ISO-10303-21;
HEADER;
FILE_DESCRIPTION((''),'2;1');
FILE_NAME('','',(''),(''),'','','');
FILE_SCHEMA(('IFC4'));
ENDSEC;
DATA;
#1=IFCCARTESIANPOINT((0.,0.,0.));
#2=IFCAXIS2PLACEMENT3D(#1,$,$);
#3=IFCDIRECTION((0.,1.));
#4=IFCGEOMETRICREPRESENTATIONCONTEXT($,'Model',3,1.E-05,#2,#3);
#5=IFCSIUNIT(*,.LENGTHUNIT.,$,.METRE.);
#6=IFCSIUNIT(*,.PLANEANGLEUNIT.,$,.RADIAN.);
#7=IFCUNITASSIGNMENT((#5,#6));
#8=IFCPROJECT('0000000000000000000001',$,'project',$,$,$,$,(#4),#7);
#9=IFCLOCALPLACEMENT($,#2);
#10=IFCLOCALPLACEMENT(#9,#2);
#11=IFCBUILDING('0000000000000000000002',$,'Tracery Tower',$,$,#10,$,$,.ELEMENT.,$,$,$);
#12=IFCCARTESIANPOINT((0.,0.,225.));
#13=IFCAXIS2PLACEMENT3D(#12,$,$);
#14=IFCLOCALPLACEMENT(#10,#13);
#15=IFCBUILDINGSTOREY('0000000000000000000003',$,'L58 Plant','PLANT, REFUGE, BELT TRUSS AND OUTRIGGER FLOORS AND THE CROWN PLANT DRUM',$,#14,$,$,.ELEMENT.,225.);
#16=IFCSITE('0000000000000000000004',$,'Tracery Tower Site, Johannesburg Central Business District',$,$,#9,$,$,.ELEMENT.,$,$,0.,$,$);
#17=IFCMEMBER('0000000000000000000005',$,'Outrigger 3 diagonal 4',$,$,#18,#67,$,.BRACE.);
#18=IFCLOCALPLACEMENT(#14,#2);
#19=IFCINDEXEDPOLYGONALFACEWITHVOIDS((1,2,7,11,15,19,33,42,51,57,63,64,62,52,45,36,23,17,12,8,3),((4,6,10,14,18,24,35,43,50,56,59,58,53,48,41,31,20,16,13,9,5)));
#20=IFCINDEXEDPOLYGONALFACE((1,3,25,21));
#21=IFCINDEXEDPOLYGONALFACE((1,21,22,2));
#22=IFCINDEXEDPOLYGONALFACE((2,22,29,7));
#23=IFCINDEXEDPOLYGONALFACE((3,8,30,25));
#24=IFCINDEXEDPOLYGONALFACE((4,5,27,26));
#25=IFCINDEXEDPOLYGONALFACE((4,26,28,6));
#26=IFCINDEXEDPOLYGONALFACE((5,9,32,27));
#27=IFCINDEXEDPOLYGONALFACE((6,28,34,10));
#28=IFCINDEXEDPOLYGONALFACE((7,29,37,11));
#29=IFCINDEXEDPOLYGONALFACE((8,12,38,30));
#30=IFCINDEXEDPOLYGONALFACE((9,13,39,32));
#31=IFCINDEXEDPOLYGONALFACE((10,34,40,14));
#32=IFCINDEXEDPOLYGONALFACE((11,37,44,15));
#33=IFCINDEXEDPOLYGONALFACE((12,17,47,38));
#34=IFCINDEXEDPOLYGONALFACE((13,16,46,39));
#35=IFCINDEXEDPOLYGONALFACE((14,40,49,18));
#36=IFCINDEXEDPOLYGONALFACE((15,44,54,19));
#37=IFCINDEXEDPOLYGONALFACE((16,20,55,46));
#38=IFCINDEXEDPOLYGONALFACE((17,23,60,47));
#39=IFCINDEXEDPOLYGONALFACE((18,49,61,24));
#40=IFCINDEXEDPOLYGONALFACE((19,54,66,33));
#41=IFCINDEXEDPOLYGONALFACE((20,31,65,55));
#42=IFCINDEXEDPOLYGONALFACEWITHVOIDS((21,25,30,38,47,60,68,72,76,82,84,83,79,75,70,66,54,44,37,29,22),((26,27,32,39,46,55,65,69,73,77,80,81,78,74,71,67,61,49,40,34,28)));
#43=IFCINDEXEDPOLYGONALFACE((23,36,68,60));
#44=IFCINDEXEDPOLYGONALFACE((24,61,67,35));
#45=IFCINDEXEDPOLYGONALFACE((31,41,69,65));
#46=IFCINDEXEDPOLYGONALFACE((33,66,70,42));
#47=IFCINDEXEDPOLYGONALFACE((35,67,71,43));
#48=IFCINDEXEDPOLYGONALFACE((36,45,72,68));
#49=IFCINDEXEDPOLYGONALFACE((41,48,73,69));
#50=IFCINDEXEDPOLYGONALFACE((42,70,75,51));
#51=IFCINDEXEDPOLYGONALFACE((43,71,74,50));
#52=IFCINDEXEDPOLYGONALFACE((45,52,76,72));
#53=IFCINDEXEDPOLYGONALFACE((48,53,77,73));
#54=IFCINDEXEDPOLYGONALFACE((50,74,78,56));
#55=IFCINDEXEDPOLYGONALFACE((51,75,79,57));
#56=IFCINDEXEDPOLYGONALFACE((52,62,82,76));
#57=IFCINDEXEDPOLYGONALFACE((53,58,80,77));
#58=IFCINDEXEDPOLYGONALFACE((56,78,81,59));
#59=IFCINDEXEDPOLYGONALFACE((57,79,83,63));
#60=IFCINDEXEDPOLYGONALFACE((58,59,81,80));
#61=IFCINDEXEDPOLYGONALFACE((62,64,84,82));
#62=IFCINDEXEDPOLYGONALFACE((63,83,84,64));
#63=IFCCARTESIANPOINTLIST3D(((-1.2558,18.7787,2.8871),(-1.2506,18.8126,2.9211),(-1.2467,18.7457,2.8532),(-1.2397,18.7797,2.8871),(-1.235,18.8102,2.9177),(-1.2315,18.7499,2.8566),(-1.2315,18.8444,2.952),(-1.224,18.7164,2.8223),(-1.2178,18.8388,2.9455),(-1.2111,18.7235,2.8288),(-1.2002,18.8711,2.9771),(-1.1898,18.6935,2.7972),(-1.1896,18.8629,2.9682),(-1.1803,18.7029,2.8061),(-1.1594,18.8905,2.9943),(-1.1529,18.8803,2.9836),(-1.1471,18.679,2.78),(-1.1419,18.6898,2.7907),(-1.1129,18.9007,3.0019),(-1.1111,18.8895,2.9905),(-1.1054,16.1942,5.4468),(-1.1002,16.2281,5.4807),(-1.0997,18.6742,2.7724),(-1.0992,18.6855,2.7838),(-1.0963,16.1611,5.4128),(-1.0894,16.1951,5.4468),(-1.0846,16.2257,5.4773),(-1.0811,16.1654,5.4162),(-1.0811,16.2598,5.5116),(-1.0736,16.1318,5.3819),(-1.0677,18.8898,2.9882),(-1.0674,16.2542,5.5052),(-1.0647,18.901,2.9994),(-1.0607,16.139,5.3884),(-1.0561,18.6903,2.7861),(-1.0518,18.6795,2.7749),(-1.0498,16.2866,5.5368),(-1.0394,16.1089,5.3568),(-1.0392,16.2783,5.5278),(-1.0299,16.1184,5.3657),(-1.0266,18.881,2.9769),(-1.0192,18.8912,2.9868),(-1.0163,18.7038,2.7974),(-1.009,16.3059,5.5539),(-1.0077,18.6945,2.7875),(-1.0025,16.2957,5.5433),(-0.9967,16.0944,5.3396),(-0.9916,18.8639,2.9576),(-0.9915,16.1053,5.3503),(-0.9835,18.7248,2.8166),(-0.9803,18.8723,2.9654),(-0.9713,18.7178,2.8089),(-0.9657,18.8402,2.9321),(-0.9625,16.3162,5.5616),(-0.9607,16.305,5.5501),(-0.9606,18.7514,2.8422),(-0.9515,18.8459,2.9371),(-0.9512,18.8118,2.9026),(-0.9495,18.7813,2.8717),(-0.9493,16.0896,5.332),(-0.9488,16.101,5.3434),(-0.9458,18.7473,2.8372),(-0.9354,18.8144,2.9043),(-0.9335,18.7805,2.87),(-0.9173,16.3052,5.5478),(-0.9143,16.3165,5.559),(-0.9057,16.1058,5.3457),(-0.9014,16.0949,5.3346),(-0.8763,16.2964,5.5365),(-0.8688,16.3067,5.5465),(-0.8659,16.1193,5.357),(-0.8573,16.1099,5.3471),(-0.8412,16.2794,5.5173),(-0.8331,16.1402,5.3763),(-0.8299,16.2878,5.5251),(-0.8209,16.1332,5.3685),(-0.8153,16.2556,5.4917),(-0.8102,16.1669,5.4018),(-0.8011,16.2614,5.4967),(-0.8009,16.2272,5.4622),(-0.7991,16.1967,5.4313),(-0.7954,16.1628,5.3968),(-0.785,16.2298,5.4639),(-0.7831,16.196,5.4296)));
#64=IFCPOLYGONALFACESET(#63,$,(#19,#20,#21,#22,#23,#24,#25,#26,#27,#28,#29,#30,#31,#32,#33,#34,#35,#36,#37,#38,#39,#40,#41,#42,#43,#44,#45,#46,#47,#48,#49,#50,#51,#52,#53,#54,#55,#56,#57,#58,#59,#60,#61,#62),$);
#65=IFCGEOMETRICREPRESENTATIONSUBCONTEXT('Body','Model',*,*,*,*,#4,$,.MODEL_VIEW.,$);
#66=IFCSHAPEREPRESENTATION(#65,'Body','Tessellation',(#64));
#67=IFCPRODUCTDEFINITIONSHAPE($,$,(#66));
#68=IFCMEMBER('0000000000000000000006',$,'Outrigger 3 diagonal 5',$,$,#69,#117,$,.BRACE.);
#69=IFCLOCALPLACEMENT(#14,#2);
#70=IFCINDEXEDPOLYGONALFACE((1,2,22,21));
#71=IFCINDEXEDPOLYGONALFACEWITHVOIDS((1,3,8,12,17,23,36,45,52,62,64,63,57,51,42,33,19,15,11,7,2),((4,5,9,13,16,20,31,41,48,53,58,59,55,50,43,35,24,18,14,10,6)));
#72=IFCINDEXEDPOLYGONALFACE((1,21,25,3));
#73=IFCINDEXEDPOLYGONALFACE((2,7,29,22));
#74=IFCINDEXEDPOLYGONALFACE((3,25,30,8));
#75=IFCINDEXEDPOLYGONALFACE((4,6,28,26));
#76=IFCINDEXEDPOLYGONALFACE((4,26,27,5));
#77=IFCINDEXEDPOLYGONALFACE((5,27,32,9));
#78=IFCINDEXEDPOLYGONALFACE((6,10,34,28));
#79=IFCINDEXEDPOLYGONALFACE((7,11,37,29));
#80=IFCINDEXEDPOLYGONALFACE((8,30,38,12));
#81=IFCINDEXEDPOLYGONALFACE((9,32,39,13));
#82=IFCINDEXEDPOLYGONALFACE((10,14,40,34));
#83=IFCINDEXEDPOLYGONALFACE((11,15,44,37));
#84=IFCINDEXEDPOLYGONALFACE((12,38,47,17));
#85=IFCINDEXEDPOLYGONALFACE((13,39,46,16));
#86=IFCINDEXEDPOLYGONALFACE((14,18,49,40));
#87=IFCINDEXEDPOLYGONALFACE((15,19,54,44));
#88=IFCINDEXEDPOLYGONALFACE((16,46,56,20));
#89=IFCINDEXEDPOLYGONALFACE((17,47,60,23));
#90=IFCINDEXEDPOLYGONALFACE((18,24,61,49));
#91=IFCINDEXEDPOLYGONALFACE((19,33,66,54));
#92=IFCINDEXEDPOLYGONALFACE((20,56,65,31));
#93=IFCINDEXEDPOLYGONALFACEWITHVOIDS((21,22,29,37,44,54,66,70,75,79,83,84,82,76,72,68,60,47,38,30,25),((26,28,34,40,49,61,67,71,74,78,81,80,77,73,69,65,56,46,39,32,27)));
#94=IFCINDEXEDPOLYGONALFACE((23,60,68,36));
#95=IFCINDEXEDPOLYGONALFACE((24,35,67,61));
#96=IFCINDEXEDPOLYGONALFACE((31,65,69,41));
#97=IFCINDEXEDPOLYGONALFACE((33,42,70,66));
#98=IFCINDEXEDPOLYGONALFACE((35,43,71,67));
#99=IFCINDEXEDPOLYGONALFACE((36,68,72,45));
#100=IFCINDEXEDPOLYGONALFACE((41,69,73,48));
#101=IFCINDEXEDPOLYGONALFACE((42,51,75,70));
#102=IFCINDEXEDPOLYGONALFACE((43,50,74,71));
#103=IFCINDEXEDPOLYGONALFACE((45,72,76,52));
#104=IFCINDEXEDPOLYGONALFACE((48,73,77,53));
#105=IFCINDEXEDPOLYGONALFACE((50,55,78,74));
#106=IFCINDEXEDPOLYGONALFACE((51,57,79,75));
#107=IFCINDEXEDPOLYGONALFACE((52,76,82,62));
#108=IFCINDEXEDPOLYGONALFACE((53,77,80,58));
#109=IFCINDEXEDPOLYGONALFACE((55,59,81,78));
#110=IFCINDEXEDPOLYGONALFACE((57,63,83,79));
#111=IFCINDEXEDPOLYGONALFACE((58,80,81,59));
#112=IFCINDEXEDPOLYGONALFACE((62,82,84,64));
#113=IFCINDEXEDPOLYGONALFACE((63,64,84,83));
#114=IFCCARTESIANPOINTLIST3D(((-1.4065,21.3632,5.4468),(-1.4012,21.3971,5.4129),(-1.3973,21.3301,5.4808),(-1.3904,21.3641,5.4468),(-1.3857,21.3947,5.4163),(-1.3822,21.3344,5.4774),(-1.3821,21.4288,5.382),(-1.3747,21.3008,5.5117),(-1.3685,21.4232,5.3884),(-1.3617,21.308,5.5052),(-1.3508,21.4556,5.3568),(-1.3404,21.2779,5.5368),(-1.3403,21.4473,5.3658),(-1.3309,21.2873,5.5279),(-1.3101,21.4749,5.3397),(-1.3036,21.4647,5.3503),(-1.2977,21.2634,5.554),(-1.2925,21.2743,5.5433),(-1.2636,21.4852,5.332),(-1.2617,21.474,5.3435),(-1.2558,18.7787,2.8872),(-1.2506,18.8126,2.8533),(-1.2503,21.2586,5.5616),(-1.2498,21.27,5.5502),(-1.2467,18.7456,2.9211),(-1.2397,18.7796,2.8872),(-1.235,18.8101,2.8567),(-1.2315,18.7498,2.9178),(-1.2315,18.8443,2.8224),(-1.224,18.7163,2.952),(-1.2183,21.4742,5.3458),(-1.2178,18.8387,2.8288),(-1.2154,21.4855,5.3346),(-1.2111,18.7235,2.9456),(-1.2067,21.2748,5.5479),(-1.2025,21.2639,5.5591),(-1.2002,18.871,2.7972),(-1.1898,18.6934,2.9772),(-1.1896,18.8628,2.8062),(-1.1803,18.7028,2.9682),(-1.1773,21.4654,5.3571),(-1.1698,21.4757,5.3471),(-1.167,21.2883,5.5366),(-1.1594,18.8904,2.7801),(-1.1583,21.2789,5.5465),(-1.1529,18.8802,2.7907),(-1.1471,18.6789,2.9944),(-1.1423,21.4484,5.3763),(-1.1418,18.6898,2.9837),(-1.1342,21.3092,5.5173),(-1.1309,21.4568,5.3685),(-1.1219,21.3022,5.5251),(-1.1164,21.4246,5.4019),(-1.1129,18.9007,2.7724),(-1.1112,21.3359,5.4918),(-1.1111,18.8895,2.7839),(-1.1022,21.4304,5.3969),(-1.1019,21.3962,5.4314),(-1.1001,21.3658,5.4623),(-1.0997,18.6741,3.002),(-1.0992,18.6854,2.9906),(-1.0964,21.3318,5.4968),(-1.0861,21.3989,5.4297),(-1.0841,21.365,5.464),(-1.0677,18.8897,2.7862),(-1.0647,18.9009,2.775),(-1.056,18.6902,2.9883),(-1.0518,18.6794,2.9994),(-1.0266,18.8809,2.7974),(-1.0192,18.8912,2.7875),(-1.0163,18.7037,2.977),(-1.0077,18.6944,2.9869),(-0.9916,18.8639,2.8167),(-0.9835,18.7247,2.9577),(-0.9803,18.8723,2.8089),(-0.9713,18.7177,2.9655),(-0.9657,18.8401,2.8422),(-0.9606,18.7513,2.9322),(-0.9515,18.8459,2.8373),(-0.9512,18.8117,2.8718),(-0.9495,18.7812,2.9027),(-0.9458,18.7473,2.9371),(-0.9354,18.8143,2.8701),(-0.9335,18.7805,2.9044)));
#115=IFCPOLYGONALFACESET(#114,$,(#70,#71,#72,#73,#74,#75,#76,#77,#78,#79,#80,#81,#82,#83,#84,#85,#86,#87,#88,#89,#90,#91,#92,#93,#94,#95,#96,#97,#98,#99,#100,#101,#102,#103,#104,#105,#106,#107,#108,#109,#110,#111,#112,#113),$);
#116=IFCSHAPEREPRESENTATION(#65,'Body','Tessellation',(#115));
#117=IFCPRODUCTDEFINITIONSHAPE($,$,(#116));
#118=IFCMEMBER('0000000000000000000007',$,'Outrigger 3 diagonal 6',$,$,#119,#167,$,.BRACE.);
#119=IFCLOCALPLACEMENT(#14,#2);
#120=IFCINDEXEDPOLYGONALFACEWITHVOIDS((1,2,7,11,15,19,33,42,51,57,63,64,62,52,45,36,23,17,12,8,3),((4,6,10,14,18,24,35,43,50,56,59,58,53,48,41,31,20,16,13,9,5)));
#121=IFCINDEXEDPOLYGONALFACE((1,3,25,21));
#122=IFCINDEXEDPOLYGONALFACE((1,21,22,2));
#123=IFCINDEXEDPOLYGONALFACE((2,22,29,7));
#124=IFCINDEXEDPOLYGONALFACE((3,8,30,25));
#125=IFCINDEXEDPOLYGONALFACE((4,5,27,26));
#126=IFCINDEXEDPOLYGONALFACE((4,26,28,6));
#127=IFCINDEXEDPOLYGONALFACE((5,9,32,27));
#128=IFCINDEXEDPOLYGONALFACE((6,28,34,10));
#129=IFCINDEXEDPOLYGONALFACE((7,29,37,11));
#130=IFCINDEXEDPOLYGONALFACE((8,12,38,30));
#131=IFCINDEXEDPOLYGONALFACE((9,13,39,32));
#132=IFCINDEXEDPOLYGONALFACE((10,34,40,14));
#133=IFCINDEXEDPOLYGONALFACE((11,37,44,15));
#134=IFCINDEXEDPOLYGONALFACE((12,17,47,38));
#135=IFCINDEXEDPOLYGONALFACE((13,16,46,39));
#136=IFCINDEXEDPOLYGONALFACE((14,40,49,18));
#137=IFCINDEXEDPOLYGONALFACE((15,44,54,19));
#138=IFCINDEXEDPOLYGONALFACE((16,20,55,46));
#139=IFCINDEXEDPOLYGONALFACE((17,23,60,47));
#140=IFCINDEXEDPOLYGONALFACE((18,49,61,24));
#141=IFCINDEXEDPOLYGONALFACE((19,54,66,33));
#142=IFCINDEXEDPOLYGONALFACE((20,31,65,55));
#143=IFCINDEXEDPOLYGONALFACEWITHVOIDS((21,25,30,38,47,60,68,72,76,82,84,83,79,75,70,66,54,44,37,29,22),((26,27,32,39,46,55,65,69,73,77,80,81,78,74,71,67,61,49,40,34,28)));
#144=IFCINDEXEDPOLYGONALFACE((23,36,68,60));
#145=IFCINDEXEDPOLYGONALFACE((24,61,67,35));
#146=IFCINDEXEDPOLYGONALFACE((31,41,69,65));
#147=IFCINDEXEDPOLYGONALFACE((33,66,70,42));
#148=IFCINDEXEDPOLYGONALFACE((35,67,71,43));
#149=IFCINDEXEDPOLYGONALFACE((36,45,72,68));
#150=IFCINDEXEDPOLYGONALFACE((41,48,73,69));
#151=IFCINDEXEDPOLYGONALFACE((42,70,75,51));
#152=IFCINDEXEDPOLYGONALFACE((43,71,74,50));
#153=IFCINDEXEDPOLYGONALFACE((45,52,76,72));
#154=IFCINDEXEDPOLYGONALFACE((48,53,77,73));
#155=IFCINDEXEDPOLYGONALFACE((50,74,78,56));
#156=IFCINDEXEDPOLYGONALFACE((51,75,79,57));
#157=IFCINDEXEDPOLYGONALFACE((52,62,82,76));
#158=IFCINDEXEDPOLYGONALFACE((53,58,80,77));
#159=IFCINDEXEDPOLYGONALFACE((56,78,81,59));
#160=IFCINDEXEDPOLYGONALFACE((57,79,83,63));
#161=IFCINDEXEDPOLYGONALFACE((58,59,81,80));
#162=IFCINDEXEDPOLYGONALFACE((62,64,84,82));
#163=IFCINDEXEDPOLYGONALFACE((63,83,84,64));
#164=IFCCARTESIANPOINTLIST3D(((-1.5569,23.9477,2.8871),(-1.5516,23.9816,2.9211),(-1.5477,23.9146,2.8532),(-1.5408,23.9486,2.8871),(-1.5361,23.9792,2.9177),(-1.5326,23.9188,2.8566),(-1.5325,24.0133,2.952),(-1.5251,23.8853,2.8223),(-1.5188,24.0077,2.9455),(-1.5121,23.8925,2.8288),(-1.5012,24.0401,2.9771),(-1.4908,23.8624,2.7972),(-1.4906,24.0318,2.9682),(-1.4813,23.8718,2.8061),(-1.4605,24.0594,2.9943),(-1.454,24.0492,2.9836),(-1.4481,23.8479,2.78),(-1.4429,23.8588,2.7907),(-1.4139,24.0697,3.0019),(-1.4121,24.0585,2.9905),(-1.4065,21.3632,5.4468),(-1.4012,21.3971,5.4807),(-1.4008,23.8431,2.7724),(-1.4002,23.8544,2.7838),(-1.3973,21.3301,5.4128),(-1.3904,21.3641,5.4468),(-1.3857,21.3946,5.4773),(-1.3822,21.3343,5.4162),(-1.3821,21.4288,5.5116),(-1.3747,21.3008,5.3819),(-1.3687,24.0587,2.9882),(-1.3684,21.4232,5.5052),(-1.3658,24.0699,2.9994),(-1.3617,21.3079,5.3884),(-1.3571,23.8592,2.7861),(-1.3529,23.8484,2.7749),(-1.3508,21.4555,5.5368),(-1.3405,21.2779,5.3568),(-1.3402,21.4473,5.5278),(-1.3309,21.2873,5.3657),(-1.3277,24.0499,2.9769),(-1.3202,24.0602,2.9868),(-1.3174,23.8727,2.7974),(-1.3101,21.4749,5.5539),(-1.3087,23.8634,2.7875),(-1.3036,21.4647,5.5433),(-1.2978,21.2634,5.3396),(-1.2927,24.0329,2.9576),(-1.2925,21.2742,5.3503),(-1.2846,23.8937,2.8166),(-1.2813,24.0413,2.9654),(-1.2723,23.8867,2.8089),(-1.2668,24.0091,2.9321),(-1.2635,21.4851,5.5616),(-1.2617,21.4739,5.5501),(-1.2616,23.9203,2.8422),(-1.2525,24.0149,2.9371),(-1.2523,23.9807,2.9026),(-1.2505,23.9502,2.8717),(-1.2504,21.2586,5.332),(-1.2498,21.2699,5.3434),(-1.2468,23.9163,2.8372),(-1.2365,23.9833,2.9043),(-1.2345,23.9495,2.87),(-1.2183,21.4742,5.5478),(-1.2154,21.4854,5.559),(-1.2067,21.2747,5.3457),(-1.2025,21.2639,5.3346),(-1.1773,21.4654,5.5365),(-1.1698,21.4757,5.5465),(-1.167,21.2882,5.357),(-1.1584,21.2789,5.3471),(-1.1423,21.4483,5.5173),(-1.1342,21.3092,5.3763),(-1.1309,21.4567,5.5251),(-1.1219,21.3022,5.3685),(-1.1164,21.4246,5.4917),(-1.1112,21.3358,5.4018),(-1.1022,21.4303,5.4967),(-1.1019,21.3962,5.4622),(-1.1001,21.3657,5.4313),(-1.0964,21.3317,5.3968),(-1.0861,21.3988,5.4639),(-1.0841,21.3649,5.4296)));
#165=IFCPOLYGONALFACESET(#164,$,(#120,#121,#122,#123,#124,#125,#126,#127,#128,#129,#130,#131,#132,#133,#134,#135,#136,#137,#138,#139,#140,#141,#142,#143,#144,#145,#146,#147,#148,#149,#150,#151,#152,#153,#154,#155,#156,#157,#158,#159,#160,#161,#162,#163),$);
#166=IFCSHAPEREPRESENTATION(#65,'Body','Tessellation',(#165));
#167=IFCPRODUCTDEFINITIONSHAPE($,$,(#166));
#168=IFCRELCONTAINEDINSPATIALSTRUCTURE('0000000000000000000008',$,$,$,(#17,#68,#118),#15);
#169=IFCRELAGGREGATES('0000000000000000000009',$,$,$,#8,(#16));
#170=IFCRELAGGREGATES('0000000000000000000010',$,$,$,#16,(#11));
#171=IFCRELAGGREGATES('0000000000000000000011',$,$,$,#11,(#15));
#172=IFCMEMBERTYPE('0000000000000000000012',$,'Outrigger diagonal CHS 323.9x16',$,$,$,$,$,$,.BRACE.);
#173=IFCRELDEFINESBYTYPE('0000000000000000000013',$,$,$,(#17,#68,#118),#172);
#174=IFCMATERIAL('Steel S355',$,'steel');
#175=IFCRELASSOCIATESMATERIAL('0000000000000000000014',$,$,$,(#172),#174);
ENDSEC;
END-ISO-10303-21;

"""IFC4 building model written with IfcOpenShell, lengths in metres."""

from ifc_helpers import new_model, si_unit, direction, frame, origin, origin_2d, place, context, subcontext, project, spatial, hollow_circle, extrude, material, material_profile, profile_set, type_object, element, save


model = new_model("IFC4")

# Units and contexts
model_context = context("Model", 3, precision=1e-05, world=origin(), true_north=direction((0.0, 1.0)))
body_context = subcontext(model_context, "Body", "Model", "MODEL_VIEW")
ifc_project = project(units=[si_unit("LENGTHUNIT", "METRE"), si_unit("PLANEANGLEUNIT", "RADIAN")], contexts=[model_context])

# Site, building, storey
site_placement = place(None, origin())
site = spatial("IfcSite", under=ifc_project, at=site_placement, Name="Tracery Tower Site, Johannesburg Central Business District", CompositionType="ELEMENT", RefElevation=0.0)
building_placement = place(site_placement, origin())
building = spatial("IfcBuilding", under=site, at=building_placement, Name="Tracery Tower", CompositionType="ELEMENT")
storey_placement = place(building_placement, frame((0.0, 0.0, 225.0)))
storey = spatial("IfcBuildingStorey", under=building, at=storey_placement, Name="L58 Plant", Description="PLANT, REFUGE, BELT TRUSS AND OUTRIGGER FLOORS AND THE CROWN PLANT DRUM", CompositionType="ELEMENT", Elevation=225.0)

# Members
ifc_material_1 = material(Name="Steel S355", Category="steel")
ifc_material_profile_1 = material_profile(ifc_material_1, hollow_circle(Radius=0.1619, WallThickness=0.0161, at=origin_2d()), Name="CHS 323.9x16")
ifc_profile_set_1 = profile_set([ifc_material_profile_1], Name="Steel S355")
member_type_1 = type_object("IfcMemberType", Name="Outrigger diagonal CHS 323.9x16", PredefinedType="BRACE", material=ifc_profile_set_1)
for number, where, z_axis, x_axis, name in (
    (1, (-0.9438, 16.2036, 5.4468), (-0.04131, 0.709915, -0.703075), (-0.998311, -0.058092, 0.0), "Outrigger 3 diagonal 4"),
    (2, (-1.0942, 18.7881, 2.8872), (-0.041377, 0.709913, 0.703073), (-0.998306, -0.058186, 0.0), "Outrigger 3 diagonal 5"),
    (3, (-1.2449, 21.3726, 5.4468), (-0.04131, 0.709915, -0.703075), (-0.998311, -0.058092, 0.0), "Outrigger 3 diagonal 6"),
):
    element("IfcMember", number, at=place(storey_placement, frame(where, z_axis=z_axis, x_axis=x_axis)), inside=storey, type_object=member_type_1, Name=name, PredefinedType="BRACE", context=body_context, shape_type="SweptSolid", body=[
        extrude(hollow_circle(Radius=0.1619, WallThickness=0.0161, at=origin_2d()), origin(), (0.0, 0.0, 1.0), 3.6406),
    ])

save(model, "model.ifc")
